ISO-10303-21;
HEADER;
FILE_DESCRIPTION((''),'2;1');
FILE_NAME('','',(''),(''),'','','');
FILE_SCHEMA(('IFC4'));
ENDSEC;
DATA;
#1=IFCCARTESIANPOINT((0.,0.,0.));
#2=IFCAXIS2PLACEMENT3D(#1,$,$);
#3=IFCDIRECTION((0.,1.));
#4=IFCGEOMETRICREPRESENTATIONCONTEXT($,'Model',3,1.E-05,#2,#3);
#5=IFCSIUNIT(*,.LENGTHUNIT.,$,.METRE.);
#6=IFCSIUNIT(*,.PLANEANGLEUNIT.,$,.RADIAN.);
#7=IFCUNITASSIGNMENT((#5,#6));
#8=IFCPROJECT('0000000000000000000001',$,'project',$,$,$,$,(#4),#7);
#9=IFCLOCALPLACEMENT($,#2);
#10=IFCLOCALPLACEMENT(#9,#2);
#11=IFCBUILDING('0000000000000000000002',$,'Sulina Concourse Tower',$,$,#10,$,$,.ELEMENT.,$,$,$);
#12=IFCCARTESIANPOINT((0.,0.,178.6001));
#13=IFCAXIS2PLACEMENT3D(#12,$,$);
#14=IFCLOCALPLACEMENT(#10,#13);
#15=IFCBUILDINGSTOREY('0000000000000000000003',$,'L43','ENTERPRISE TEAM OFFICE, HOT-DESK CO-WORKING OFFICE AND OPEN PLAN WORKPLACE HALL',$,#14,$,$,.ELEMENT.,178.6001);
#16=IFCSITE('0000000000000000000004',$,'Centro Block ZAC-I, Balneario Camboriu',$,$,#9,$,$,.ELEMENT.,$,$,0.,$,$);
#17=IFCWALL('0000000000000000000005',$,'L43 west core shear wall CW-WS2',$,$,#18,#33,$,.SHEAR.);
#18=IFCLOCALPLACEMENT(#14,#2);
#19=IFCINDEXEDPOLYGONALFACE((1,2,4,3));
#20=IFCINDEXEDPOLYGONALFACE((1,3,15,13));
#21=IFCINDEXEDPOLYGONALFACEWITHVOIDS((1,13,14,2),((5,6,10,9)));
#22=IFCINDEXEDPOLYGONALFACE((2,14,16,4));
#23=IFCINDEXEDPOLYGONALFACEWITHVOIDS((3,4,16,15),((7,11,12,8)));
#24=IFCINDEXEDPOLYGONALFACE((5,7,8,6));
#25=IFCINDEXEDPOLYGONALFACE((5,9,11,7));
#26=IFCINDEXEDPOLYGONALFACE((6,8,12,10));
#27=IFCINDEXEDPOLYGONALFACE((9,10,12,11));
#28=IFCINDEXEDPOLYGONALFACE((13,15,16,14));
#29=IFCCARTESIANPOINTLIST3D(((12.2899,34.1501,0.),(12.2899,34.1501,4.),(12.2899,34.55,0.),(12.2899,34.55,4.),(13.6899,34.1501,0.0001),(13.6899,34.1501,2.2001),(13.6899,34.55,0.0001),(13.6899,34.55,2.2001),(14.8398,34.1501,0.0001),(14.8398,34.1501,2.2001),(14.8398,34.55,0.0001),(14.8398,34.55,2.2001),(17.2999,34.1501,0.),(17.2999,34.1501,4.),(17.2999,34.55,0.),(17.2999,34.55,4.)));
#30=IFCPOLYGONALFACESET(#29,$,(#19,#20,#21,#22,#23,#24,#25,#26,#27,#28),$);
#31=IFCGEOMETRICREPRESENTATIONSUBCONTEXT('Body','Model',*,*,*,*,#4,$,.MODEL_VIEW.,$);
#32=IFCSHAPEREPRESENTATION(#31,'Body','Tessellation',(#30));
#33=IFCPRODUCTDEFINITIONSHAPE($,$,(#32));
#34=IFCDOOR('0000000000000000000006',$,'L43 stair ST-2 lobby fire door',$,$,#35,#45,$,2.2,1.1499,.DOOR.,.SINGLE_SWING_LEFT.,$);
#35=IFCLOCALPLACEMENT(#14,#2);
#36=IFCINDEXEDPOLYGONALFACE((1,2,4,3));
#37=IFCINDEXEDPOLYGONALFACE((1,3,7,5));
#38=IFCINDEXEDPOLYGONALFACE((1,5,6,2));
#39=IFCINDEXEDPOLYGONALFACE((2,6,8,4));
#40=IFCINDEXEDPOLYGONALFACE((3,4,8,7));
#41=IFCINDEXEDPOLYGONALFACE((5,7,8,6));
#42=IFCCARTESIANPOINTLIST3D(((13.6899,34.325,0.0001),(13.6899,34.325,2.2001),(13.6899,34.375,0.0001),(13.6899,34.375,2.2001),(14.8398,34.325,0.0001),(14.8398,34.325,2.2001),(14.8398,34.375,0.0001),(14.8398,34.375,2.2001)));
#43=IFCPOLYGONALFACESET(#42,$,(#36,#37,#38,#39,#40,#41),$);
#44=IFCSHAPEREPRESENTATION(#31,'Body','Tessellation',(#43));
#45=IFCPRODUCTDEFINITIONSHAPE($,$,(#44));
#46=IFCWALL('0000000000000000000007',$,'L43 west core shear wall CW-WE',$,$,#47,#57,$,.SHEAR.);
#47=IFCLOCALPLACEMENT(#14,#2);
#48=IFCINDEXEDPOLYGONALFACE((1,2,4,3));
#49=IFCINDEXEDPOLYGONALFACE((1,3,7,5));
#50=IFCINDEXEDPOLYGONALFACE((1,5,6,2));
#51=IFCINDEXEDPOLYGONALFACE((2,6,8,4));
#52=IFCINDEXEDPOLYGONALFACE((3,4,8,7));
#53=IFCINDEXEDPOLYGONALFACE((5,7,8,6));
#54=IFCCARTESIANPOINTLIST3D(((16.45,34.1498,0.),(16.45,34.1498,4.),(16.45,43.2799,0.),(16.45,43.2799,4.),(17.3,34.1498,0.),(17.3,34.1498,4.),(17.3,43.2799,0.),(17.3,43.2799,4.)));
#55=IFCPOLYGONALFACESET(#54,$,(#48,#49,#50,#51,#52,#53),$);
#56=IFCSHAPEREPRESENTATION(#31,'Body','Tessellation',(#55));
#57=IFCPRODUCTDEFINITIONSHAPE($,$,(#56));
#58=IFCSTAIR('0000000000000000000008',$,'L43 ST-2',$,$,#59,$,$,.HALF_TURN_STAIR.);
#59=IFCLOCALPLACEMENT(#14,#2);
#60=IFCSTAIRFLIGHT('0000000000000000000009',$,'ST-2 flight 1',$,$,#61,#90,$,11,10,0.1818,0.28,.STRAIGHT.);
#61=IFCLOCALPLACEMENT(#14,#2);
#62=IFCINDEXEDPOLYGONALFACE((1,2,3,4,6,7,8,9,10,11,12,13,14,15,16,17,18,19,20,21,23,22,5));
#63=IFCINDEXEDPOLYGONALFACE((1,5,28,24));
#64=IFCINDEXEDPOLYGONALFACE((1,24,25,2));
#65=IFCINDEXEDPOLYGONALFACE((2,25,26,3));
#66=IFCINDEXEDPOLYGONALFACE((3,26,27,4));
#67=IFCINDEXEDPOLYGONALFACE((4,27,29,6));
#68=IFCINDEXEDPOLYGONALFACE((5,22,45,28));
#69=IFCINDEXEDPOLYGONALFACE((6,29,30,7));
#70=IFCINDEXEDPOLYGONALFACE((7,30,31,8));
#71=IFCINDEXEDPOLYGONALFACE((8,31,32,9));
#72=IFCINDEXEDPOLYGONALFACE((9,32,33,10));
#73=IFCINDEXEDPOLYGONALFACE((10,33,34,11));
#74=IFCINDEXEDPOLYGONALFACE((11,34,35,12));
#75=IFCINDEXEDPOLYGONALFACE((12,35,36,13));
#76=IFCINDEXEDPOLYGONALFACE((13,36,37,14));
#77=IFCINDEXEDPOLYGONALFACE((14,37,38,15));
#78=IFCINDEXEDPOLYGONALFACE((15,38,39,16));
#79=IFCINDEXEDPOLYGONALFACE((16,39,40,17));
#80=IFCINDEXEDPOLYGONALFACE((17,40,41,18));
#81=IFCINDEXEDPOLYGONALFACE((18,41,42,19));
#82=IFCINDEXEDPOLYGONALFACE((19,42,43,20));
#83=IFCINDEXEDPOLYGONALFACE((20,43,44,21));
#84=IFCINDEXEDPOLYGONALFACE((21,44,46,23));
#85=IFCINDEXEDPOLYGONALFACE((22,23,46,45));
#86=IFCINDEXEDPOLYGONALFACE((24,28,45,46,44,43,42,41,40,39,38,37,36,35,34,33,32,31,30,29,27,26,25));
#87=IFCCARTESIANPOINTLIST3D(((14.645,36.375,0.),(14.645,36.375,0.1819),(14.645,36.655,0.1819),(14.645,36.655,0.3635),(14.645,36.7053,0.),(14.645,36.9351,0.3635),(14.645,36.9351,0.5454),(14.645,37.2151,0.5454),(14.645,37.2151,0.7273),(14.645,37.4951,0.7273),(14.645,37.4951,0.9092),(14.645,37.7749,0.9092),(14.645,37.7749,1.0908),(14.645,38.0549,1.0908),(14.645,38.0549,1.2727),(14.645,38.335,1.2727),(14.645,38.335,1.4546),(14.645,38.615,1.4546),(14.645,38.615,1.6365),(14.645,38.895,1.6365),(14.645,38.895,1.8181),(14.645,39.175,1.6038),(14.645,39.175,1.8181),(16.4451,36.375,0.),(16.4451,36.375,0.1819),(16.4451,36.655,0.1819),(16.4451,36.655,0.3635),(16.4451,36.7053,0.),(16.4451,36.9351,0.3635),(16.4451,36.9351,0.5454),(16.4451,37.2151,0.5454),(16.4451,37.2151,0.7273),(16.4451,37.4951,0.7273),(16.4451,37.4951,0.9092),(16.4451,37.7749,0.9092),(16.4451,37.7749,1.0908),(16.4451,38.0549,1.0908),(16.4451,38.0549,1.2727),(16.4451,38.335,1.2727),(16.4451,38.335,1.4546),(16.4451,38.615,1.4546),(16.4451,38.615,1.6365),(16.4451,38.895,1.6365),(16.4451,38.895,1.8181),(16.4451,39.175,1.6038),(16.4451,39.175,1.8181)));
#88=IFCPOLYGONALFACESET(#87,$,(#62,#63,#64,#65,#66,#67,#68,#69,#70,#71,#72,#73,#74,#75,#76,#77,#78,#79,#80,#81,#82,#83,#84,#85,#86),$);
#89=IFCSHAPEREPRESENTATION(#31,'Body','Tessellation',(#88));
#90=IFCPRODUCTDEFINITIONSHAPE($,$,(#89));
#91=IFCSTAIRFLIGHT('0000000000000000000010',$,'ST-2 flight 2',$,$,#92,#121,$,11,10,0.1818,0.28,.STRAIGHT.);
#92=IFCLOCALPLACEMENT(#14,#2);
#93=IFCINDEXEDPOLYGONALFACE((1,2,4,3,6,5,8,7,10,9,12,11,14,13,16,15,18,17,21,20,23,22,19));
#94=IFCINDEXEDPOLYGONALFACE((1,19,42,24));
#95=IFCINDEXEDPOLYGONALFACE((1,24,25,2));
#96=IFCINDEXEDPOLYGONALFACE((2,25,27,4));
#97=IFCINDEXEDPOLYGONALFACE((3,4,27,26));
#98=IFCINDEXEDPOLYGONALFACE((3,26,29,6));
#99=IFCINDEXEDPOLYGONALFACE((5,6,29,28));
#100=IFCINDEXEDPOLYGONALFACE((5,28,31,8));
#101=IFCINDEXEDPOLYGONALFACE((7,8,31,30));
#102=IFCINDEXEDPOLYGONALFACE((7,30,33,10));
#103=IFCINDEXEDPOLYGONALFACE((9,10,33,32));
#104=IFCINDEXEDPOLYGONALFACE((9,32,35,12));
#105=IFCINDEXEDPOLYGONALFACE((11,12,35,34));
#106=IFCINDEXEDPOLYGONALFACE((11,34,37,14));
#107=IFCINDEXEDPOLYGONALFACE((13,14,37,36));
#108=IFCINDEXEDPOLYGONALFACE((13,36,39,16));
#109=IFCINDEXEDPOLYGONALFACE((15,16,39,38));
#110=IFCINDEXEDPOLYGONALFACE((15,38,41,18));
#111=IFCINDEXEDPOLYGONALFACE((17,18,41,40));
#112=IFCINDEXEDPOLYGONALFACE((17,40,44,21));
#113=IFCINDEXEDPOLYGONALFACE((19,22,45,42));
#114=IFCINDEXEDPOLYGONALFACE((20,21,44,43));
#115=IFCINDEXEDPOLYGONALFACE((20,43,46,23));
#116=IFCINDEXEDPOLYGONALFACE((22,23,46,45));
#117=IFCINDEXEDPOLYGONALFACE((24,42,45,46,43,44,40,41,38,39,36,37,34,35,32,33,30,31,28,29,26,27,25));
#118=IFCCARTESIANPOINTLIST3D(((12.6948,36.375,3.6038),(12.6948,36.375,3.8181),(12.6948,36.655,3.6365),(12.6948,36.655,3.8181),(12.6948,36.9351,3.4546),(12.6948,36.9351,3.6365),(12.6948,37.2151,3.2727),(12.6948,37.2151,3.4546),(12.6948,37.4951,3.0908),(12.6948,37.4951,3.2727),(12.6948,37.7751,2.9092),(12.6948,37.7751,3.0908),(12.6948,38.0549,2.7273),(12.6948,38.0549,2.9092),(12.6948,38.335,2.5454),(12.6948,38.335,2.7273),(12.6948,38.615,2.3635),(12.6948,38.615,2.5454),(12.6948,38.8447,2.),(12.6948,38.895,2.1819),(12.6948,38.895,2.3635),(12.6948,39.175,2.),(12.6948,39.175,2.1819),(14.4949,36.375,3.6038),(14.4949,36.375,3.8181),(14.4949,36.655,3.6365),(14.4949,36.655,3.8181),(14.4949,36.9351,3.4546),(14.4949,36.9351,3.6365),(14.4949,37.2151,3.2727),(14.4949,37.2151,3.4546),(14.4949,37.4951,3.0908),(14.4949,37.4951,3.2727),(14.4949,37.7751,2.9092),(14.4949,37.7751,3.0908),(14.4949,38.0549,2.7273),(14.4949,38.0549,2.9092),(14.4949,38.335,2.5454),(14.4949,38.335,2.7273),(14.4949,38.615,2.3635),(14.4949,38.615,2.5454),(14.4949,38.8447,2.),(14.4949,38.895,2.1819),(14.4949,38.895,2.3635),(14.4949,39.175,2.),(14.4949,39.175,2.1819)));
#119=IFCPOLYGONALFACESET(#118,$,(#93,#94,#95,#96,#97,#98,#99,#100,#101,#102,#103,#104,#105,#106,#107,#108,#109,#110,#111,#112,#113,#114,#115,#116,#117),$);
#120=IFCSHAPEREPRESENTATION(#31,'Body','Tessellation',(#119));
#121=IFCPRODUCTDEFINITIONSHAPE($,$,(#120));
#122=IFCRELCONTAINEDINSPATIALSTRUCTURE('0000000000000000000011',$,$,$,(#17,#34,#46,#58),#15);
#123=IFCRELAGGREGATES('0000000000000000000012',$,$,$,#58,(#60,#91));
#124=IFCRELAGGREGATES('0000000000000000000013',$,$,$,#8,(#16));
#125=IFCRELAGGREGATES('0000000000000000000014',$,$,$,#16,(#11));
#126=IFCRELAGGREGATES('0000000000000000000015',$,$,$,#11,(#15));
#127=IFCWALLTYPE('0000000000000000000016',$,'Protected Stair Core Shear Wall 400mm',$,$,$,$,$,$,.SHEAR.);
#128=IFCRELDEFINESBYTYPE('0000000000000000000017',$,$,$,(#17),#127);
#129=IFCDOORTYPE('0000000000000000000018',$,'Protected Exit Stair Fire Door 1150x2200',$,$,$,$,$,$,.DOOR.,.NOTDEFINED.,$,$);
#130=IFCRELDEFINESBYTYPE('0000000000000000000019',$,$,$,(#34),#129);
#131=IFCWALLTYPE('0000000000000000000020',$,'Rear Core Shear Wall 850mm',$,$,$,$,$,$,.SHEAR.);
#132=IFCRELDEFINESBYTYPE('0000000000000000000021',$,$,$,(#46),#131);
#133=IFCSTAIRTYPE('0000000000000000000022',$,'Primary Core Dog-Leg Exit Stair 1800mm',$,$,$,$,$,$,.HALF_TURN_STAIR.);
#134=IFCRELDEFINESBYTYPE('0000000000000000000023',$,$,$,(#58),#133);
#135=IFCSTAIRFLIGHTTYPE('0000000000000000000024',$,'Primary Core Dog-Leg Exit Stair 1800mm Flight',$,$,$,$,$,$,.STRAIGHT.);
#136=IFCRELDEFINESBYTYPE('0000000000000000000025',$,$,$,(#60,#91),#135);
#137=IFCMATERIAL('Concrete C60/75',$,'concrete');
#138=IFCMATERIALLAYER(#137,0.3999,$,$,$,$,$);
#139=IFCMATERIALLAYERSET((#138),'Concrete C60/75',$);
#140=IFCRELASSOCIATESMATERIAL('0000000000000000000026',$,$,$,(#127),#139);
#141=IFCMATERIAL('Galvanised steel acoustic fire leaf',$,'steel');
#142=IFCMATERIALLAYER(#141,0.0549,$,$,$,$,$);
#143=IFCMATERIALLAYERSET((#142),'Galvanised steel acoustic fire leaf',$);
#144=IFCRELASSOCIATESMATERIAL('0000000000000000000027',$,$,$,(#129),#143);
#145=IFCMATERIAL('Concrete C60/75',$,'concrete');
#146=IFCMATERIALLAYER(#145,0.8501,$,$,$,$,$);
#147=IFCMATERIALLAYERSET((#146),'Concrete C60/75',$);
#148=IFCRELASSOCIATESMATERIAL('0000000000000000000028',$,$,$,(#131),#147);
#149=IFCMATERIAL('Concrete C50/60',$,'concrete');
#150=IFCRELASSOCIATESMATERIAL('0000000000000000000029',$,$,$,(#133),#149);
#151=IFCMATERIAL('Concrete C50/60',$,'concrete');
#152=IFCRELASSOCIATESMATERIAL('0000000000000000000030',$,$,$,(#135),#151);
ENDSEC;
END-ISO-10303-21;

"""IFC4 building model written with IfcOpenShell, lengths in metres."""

from ifc_helpers import new_model, si_unit, direction, frame, frame_2d, origin, place, context, subcontext, project, spatial, polyline, rectangle, outline, extrude, material, layer, layer_set, type_object, element, fill, aggregate, save


model = new_model("IFC4")

# Units and contexts
model_context = context("Model", 3, precision=1e-05, world=origin(), true_north=direction((0.0, 1.0)))
body_context = subcontext(model_context, "Body", "Model", "MODEL_VIEW")
ifc_project = project(units=[si_unit("LENGTHUNIT", "METRE"), si_unit("PLANEANGLEUNIT", "RADIAN")], contexts=[model_context])

# Site, building, storey
site_placement = place(None, origin())
site = spatial("IfcSite", under=ifc_project, at=site_placement, Name="Centro Block ZAC-I, Balneario Camboriu", CompositionType="ELEMENT", RefElevation=0.0)
building_placement = place(site_placement, origin())
building = spatial("IfcBuilding", under=site, at=building_placement, Name="Sulina Concourse Tower", CompositionType="ELEMENT")
storey_placement = place(building_placement, frame((0.0, 0.0, 178.6001)))
storey = spatial("IfcBuildingStorey", under=building, at=storey_placement, Name="L43", Description="ENTERPRISE TEAM OFFICE, HOT-DESK CO-WORKING OFFICE AND OPEN PLAN WORKPLACE HALL", CompositionType="ELEMENT", Elevation=178.6001)

# Wall, opening, door
ifc_material_1 = material(Name="Concrete C60/75", Category="concrete")
ifc_layer_1 = layer(ifc_material_1, 0.3999)
ifc_layer_set_1 = layer_set([ifc_layer_1], Name="Concrete C60/75")
wall_type_1 = type_object("IfcWallType", Name="Protected Stair Core Shear Wall 400mm", PredefinedType="SHEAR", material=ifc_layer_set_1)
wall_1_placement = place(storey_placement, frame((12.29, 34.3501, 0.0), z_axis=(0.0, 0.0, 1.0), x_axis=(1.0, 0.0, 0.0)))
wall_1 = element("IfcWall", 1, at=wall_1_placement, inside=storey, type_object=wall_type_1, Name="L43 west core shear wall CW-WS2", PredefinedType="SHEAR", context=body_context, shape_type="SweptSolid", body=[
    extrude(rectangle(XDim=5.01, YDim=0.3999, at=frame_2d((2.5049, 0.0))), origin(), (0.0, 0.0, 1.0), 4.0),
])
opening_1_placement = place(wall_1_placement, frame((1.3999, 0.0, 0.0)))
opening_1 = element("IfcOpeningElement", 2, at=opening_1_placement, cuts=wall_1, PredefinedType="OPENING", context=body_context, shape_type="SweptSolid", body=[
    extrude(rectangle(XDim=1.1499, YDim=2.2, at=frame_2d((0.575, 1.1001))), frame((0.0, 0.21, 0.0), z_axis=(0.0, -1.0, 0.0), x_axis=(1.0, 0.0, 0.0)), (0.0, 0.0, 1.0), 0.4199),
])
ifc_material_2 = material(Name="Galvanised steel acoustic fire leaf", Category="steel")
ifc_layer_2 = layer(ifc_material_2, 0.0549)
ifc_layer_set_2 = layer_set([ifc_layer_2], Name="Galvanised steel acoustic fire leaf")
door_type_1 = type_object("IfcDoorType", Name="Protected Exit Stair Fire Door 1150x2200", OperationType="NOTDEFINED", PredefinedType="DOOR", material=ifc_layer_set_2)
door_1_placement = place(opening_1_placement, origin())
door_1 = element("IfcDoor", 3, at=door_1_placement, inside=storey, type_object=door_type_1, Name="L43 stair ST-2 lobby fire door", OperationType="SINGLE_SWING_LEFT", OverallHeight=2.2, OverallWidth=1.1499, PredefinedType="DOOR", context=body_context, shape_type="SweptSolid", body=[
    extrude(rectangle(XDim=1.1499, YDim=2.2, at=frame_2d((0.575, 1.1001))), frame((0.0, 0.0249, 0.0), z_axis=(0.0, -1.0, 0.0), x_axis=(1.0, 0.0, 0.0)), (0.0, 0.0, 1.0), 0.05),
])
fill(opening_1, door_1)

# Wall
ifc_material_3 = material(Name="Concrete C60/75", Category="concrete")
ifc_layer_3 = layer(ifc_material_3, 0.8501)
ifc_layer_set_3 = layer_set([ifc_layer_3], Name="Concrete C60/75")
wall_type_2 = type_object("IfcWallType", Name="Rear Core Shear Wall 850mm", PredefinedType="SHEAR", material=ifc_layer_set_3)
wall_2_placement = place(storey_placement, frame((16.875, 34.1499, 0.0), z_axis=(0.0, 0.0, 1.0), x_axis=(0.0, 1.0, 0.0)))
element("IfcWall", 4, at=wall_2_placement, inside=storey, type_object=wall_type_2, Name="L43 west core shear wall CW-WE", PredefinedType="SHEAR", context=body_context, shape_type="SweptSolid", body=[
    extrude(rectangle(XDim=9.1301, YDim=0.8501, at=frame_2d((4.5649, 0.0))), origin(), (0.0, 0.0, 1.0), 4.0),
])

# Stair, stair flights
ifc_material_4 = material(Name="Concrete C50/60", Category="concrete")
stair_type = type_object("IfcStairType", Name="Primary Core Dog-Leg Exit Stair 1800mm", PredefinedType="HALF_TURN_STAIR", material=ifc_material_4)
stair_placement = place(storey_placement, origin())
stair = element("IfcStair", 5, at=stair_placement, inside=storey, type_object=stair_type, Name="L43 ST-2", PredefinedType="HALF_TURN_STAIR")
ifc_material_5 = material(Name="Concrete C50/60", Category="concrete")
stair_flight_type = type_object("IfcStairFlightType", Name="Primary Core Dog-Leg Exit Stair 1800mm Flight", PredefinedType="STRAIGHT", material=ifc_material_5)
stair_flight_1_placement = place(storey_placement, frame((15.5449, 36.375, 0.0), z_axis=(0.0, 0.0, 1.0), x_axis=(0.0, 1.0, 0.0)))
stair_flight_1 = element("IfcStairFlight", 6, at=stair_flight_1_placement, type_object=stair_flight_type, Name="ST-2 flight 1", NumberOfRisers=11, NumberOfTreads=10, PredefinedType="STRAIGHT", RiserHeight=0.1818, TreadLength=0.28, context=body_context, shape_type="SweptSolid", body=[
    extrude(outline(polyline([(0.0, 0.0), (0.0, 0.1819), (0.28, 0.1819), (0.28, 0.3635), (0.5601, 0.3635), (0.5601, 0.5454), (0.8401, 0.5454), (0.8401, 0.7273), (1.1201, 0.7273), (1.1201, 0.9092), (1.3999, 0.9092), (1.3999, 1.0908), (1.6799, 1.0908), (1.6799, 1.2727), (1.96, 1.2727), (1.96, 1.4546), (2.24, 1.4546), (2.24, 1.6365), (2.52, 1.6365), (2.52, 1.8181), (2.8, 1.8181), (2.8, 2.0), (2.8, 1.6038), (0.3303, 0.0), (0.0, 0.0)])), frame((0.0, 0.8999, 0.0), z_axis=(0.0, -1.0, 0.0), x_axis=(1.0, 0.0, 0.0)), (0.0, 0.0, 1.0), 1.8),
])
stair_flight_2_placement = place(storey_placement, frame((13.595, 39.175, 2.0), z_axis=(0.0, 0.0, 1.0), x_axis=(0.0, -1.0, 0.0)))
stair_flight_2 = element("IfcStairFlight", 7, at=stair_flight_2_placement, type_object=stair_flight_type, Name="ST-2 flight 2", NumberOfRisers=11, NumberOfTreads=10, PredefinedType="STRAIGHT", RiserHeight=0.1818, TreadLength=0.28, context=body_context, shape_type="SweptSolid", body=[
    extrude(outline(polyline([(0.0, 0.0), (0.0, 0.1819), (0.28, 0.1819), (0.28, 0.3635), (0.5601, 0.3635), (0.5601, 0.5454), (0.8401, 0.5454), (0.8401, 0.7273), (1.1201, 0.7273), (1.1201, 0.9092), (1.3999, 0.9092), (1.3999, 1.0908), (1.6799, 1.0908), (1.6799, 1.2727), (1.96, 1.2727), (1.96, 1.4546), (2.24, 1.4546), (2.24, 1.6365), (2.52, 1.6365), (2.52, 1.8181), (2.8, 1.8181), (2.8, 2.0), (2.8, 1.6038), (0.3303, 0.0), (0.0, 0.0)])), frame((0.0, 0.8999, 0.0), z_axis=(0.0, -1.0, 0.0), x_axis=(1.0, 0.0, 0.0)), (0.0, 0.0, 1.0), 1.8),
])
aggregate(stair, [stair_flight_1, stair_flight_2])

save(model, "model.ifc")
